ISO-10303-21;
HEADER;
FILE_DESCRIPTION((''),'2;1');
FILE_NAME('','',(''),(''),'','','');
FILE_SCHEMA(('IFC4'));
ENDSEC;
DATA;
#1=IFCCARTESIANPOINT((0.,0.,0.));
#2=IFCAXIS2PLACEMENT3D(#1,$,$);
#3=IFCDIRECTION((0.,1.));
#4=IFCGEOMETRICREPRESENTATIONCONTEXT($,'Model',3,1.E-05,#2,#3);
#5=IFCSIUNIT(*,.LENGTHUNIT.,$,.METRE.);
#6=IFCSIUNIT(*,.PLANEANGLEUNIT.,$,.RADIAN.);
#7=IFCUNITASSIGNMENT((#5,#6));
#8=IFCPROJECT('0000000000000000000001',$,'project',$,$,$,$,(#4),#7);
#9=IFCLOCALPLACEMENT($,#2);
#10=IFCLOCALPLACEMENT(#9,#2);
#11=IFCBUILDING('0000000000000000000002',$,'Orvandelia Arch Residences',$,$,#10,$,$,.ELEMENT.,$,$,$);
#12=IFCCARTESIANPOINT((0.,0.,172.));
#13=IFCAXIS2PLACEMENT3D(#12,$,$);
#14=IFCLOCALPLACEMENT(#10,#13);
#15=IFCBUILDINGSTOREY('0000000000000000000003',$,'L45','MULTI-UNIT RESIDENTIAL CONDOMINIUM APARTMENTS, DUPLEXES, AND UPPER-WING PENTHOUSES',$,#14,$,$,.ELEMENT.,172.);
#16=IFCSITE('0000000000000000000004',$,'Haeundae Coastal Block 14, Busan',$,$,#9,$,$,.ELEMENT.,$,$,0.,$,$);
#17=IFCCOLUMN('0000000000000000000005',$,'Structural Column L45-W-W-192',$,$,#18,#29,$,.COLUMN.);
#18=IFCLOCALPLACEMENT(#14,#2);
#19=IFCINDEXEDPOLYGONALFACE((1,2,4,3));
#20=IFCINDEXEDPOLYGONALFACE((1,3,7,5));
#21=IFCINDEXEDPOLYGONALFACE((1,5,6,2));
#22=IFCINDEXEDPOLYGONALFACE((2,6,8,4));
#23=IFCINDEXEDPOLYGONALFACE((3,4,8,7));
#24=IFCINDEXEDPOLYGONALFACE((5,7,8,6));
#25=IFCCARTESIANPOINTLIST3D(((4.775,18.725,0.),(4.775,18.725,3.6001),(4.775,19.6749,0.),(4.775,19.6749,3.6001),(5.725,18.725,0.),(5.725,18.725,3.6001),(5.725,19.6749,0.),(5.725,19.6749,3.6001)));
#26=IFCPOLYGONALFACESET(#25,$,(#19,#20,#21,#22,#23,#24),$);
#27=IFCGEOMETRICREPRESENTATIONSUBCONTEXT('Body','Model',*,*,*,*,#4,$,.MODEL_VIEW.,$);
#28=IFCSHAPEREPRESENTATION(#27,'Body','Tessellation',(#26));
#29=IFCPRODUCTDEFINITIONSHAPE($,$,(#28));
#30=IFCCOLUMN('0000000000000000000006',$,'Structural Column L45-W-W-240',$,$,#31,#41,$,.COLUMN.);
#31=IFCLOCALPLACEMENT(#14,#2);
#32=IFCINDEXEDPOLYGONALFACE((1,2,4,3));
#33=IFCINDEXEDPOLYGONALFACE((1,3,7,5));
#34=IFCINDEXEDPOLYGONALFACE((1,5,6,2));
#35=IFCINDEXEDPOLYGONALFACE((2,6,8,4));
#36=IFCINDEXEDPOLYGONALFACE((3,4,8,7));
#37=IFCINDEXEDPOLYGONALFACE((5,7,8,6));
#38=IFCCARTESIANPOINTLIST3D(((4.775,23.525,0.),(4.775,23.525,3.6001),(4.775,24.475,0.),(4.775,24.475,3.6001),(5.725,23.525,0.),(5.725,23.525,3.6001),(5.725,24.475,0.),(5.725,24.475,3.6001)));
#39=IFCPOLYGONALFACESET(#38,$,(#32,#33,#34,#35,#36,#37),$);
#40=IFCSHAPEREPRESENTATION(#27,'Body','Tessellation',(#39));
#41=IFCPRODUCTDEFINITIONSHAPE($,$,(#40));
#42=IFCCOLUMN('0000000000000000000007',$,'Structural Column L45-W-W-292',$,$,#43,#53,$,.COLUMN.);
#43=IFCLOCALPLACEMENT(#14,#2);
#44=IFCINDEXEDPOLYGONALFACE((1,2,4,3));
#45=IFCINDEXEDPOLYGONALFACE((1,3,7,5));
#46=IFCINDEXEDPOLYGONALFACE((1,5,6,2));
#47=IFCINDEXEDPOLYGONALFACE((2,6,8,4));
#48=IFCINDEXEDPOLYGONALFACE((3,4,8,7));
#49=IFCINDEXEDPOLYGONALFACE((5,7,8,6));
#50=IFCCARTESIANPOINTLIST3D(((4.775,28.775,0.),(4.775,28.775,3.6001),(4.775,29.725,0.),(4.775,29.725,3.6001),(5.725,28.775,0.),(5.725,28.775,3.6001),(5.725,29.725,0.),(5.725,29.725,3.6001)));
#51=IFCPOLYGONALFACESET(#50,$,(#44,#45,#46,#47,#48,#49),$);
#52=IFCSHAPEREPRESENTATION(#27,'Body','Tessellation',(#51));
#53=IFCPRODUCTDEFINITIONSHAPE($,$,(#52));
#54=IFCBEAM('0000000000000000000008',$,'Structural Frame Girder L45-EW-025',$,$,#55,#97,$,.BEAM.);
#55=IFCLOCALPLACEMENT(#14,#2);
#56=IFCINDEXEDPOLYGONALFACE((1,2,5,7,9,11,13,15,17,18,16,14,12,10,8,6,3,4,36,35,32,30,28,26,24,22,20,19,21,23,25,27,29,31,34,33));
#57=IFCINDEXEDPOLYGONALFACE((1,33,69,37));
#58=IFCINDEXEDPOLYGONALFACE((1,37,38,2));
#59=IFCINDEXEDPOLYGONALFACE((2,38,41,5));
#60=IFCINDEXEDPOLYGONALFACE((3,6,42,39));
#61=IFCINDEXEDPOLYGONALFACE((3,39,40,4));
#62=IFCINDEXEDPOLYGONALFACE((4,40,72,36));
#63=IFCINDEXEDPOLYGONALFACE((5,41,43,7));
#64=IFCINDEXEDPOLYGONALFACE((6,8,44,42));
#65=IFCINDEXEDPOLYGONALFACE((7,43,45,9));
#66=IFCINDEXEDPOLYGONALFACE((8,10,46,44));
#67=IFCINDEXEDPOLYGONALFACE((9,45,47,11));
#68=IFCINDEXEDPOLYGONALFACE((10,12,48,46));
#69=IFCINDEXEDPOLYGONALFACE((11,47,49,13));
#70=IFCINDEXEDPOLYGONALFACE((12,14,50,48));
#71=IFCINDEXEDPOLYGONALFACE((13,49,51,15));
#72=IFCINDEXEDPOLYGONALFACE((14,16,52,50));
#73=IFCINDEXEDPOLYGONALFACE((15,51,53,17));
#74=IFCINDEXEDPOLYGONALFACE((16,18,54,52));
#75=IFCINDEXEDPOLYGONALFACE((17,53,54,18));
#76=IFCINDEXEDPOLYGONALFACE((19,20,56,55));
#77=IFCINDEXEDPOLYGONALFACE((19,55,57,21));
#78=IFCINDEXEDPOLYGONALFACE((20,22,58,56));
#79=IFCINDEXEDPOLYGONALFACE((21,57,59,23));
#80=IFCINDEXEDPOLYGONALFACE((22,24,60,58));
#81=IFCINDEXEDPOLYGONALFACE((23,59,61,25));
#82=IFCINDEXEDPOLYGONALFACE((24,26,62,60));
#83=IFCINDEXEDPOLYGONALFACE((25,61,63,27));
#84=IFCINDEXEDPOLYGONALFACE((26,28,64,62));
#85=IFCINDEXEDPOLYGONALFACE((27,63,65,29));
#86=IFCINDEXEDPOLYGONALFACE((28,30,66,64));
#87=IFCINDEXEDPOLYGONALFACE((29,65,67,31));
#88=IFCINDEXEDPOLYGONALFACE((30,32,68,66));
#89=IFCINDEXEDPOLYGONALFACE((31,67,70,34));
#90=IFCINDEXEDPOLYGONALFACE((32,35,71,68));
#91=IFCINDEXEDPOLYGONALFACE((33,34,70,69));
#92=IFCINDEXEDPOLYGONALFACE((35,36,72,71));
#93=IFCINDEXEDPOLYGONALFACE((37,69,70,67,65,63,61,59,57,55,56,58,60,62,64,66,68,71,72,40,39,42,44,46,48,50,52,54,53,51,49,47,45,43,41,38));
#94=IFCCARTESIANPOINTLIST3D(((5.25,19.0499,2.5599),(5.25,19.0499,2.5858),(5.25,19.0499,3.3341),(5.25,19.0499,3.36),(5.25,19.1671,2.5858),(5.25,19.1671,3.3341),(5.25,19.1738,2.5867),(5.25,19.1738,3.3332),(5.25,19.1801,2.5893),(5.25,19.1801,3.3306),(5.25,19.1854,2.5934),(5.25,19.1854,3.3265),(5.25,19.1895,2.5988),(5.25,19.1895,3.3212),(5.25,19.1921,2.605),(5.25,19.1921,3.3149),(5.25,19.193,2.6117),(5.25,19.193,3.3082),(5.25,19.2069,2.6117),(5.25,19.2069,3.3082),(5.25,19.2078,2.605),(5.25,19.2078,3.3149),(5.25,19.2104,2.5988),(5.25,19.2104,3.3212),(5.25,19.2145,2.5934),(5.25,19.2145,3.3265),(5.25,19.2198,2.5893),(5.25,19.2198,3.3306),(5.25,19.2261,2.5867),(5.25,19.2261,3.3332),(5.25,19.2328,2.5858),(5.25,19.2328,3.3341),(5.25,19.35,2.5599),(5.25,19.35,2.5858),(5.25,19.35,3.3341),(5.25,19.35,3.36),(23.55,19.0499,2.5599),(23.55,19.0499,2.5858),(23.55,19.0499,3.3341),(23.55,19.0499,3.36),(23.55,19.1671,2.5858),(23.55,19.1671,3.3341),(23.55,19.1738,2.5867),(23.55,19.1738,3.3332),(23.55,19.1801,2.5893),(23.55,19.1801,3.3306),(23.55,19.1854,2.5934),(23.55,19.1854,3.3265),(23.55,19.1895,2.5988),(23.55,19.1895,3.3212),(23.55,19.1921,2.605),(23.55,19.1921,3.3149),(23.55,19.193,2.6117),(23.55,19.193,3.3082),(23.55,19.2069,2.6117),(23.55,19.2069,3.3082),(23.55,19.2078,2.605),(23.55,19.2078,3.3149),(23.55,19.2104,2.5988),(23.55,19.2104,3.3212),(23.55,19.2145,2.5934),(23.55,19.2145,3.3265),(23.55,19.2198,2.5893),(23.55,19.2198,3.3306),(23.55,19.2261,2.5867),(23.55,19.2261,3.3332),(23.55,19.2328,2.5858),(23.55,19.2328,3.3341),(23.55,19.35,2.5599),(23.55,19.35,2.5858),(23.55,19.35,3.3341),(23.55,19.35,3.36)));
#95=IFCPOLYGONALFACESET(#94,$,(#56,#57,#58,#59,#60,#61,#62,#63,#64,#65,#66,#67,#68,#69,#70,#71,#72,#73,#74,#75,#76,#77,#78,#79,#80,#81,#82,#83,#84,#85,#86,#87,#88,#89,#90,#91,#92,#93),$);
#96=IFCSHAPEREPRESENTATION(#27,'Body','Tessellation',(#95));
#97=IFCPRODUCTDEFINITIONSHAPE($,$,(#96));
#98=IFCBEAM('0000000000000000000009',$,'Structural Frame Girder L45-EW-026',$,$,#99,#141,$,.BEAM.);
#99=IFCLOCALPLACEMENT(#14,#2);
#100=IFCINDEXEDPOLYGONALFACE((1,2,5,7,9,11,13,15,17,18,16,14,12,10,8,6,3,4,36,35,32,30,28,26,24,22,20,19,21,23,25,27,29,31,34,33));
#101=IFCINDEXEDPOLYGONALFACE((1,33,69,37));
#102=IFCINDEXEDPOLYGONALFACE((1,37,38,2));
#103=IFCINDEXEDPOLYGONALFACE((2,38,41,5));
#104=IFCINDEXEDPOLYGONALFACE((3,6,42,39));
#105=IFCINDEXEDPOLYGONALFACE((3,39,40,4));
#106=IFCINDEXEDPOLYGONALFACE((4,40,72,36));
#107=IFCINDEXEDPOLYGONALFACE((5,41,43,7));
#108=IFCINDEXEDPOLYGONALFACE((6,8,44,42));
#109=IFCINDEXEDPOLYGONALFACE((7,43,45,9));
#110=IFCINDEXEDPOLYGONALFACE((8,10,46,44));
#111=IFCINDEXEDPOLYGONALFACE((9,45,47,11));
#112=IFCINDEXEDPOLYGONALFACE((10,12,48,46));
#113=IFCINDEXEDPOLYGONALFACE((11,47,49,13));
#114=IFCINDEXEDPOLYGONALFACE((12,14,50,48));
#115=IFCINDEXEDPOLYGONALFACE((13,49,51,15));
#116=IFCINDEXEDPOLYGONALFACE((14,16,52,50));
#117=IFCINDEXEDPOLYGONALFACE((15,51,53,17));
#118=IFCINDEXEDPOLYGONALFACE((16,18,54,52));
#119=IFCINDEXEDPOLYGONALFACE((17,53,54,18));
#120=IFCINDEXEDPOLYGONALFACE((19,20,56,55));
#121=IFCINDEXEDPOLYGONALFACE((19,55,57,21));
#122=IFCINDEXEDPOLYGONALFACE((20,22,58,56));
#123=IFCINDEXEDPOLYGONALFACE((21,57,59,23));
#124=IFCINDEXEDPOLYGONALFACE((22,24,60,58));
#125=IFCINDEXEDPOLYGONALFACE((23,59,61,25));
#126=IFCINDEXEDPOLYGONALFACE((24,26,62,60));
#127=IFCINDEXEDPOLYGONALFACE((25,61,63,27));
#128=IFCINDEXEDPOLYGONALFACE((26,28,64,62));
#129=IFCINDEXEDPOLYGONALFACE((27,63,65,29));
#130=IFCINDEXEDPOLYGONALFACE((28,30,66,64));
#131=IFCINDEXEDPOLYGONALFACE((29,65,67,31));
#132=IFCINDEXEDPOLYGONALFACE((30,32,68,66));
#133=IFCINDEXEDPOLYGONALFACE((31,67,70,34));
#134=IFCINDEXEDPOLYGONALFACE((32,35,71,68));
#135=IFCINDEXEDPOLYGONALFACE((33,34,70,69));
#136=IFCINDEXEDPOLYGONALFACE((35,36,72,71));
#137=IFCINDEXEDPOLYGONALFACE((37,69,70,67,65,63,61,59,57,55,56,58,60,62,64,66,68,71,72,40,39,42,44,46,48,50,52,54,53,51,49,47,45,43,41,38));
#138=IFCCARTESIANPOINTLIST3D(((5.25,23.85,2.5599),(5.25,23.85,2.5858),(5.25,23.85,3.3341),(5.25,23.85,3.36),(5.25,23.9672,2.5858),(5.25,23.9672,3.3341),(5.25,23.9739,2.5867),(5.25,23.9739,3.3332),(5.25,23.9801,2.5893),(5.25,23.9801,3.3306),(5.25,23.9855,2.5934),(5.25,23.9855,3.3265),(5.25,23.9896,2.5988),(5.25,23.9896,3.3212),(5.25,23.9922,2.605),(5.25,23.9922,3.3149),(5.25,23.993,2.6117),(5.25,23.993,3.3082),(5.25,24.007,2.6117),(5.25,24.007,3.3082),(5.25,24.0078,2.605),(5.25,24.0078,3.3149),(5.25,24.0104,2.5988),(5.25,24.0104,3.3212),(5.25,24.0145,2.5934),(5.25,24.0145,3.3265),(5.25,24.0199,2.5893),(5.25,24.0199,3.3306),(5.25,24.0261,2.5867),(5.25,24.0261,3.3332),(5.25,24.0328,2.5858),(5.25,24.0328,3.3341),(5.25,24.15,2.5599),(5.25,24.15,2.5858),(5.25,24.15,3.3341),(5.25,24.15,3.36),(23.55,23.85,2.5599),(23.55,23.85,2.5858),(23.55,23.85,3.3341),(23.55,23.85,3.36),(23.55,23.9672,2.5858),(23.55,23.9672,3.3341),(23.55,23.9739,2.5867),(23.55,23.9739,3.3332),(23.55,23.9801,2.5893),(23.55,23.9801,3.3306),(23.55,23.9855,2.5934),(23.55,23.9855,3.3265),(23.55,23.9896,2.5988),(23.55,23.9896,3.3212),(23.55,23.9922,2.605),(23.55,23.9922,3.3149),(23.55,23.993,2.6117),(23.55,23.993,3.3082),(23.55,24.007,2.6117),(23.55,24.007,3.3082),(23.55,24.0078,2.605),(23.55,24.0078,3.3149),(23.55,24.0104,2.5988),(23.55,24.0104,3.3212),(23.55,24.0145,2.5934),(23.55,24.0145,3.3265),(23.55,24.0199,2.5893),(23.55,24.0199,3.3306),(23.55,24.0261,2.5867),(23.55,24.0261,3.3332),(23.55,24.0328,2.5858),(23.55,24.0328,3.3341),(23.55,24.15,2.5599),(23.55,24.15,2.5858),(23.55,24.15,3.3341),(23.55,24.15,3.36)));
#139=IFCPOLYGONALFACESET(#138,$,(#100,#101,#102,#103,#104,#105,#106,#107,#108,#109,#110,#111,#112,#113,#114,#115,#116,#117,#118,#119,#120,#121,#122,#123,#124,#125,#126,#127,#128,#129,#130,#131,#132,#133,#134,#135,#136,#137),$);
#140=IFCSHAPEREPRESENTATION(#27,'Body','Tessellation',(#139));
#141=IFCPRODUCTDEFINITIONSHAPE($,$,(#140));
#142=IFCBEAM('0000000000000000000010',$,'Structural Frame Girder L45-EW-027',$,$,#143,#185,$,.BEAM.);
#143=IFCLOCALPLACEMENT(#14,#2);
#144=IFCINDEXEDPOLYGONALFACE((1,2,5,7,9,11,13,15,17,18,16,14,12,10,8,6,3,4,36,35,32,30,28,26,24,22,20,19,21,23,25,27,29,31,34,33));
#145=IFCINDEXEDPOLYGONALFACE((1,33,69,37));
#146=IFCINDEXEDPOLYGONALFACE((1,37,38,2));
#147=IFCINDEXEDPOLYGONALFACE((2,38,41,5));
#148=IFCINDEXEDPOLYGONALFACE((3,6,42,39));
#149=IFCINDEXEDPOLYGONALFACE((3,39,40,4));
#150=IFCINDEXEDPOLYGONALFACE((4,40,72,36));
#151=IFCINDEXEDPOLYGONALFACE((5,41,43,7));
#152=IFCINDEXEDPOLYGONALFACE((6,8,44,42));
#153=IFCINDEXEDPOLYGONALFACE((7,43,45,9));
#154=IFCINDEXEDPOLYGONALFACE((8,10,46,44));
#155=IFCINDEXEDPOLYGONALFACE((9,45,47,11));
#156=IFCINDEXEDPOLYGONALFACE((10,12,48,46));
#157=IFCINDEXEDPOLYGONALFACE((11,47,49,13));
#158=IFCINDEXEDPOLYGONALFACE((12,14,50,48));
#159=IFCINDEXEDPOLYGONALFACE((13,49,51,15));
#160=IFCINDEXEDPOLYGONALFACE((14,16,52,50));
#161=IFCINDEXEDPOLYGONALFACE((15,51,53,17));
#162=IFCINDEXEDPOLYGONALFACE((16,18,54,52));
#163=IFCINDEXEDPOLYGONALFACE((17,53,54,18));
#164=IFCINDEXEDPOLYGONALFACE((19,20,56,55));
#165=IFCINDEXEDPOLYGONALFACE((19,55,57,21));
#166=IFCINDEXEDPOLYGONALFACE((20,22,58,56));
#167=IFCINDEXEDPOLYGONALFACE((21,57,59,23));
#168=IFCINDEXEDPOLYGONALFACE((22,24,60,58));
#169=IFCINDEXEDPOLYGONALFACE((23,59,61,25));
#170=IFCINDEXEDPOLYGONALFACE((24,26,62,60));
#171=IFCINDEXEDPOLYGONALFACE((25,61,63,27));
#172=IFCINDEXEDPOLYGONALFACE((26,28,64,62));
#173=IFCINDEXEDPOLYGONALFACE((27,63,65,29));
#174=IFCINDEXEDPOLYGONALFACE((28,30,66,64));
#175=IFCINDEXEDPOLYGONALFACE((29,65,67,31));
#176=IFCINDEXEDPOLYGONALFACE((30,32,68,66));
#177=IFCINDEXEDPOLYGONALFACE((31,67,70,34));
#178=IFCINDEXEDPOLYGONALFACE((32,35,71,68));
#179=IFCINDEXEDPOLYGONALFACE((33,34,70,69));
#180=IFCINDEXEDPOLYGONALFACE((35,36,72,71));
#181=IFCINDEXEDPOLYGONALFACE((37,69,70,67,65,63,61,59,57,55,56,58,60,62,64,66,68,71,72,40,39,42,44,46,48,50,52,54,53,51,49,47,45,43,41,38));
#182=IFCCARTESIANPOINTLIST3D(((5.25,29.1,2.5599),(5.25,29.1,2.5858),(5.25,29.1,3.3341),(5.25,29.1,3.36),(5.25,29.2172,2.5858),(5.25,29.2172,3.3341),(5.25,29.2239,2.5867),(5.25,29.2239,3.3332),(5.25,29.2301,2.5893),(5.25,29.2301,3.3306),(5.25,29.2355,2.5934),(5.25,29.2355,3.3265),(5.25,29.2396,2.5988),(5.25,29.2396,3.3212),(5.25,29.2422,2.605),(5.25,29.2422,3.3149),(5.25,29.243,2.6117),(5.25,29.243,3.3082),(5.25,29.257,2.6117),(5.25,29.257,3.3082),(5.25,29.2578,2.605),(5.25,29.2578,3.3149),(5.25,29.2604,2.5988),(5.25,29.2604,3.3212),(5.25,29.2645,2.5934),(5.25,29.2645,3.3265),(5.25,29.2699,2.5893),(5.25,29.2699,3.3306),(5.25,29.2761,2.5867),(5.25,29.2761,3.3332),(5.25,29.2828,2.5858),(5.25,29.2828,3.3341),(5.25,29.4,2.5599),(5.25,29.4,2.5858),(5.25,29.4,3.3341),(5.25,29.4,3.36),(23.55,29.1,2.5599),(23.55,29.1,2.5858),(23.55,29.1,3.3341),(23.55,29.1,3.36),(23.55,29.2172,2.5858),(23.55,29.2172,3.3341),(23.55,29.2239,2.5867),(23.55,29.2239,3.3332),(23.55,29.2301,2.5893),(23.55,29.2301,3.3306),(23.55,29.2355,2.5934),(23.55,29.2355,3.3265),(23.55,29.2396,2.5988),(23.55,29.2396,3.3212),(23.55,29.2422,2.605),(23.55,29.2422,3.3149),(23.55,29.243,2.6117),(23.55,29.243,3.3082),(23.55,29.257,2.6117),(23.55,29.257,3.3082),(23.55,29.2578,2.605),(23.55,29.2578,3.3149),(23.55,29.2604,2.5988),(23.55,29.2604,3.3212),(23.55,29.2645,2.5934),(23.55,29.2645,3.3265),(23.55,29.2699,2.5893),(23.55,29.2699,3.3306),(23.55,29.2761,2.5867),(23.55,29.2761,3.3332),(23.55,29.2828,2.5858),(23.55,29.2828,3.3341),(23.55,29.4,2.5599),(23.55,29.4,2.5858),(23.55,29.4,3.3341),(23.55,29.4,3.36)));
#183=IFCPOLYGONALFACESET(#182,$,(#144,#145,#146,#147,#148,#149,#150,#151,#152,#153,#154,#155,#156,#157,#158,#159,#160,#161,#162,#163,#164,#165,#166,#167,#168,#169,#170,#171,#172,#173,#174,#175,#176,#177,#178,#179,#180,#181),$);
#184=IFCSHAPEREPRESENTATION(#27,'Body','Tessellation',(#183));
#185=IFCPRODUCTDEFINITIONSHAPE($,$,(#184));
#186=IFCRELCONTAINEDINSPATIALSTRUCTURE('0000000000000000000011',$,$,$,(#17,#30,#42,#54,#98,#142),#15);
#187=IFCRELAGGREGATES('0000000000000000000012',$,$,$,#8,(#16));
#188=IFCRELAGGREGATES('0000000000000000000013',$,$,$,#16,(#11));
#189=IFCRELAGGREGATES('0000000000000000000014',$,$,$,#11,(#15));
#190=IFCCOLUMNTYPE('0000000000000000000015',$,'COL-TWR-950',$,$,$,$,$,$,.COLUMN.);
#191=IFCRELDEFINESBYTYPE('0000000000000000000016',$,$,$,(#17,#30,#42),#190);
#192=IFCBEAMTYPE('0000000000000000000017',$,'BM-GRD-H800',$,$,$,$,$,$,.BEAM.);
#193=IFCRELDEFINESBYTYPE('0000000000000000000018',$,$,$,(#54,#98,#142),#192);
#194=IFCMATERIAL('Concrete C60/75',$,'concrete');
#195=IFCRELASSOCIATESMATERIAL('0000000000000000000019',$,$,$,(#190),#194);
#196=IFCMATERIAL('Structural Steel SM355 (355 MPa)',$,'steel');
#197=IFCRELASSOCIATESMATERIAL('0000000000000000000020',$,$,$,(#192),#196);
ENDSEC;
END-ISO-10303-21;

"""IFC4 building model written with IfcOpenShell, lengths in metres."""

from ifc_helpers import new_model, si_unit, direction, frame, origin, origin_2d, place, context, subcontext, project, spatial, rectangle, i_section, extrude, material, material_profile, profile_set, type_object, element, save


model = new_model("IFC4")

# Units and contexts
model_context = context("Model", 3, precision=1e-05, world=origin(), true_north=direction((0.0, 1.0)))
body_context = subcontext(model_context, "Body", "Model", "MODEL_VIEW")
ifc_project = project(units=[si_unit("LENGTHUNIT", "METRE"), si_unit("PLANEANGLEUNIT", "RADIAN")], contexts=[model_context])

# Site, building, storey
site_placement = place(None, origin())
site = spatial("IfcSite", under=ifc_project, at=site_placement, Name="Haeundae Coastal Block 14, Busan", CompositionType="ELEMENT", RefElevation=0.0)
building_placement = place(site_placement, origin())
building = spatial("IfcBuilding", under=site, at=building_placement, Name="Orvandelia Arch Residences", CompositionType="ELEMENT")
storey_placement = place(building_placement, frame((0.0, 0.0, 172.0)))
storey = spatial("IfcBuildingStorey", under=building, at=storey_placement, Name="L45", Description="MULTI-UNIT RESIDENTIAL CONDOMINIUM APARTMENTS, DUPLEXES, AND UPPER-WING PENTHOUSES", CompositionType="ELEMENT", Elevation=172.0)

# Columns
ifc_material_1 = material(Name="Concrete C60/75", Category="concrete")
ifc_material_profile_1 = material_profile(ifc_material_1, rectangle(XDim=0.95, YDim=0.95, at=origin_2d()), Name="Concrete C60/75", Category="concrete")
ifc_profile_set_1 = profile_set([ifc_material_profile_1], Name="Concrete C60/75")
column_type = type_object("IfcColumnType", Name="COL-TWR-950", PredefinedType="COLUMN", material=ifc_profile_set_1)
for number, where, z_axis, x_axis, name in (
    (1, (5.25, 19.2, 0.0), (0.0, 0.0, 1.0), (1.0, 0.0, 0.0), "Structural Column L45-W-W-192"),
    (2, (5.25, 24.0, 0.0), (0.0, 0.0, 1.0), (1.0, 0.0, 0.0), "Structural Column L45-W-W-240"),
    (3, (5.25, 29.25, 0.0), (0.0, 0.0, 1.0), (1.0, 0.0, 0.0), "Structural Column L45-W-W-292"),
):
    element("IfcColumn", number, at=place(storey_placement, frame(where, z_axis=z_axis, x_axis=x_axis)), inside=storey, type_object=column_type, Name=name, PredefinedType="COLUMN", context=body_context, shape_type="SweptSolid", body=[
        extrude(rectangle(XDim=0.95, YDim=0.95, at=origin_2d()), origin(), (0.0, 0.0, 1.0), 3.6001),
    ])

# Beams
ifc_material_2 = material(Name="Structural Steel SM355 (355 MPa)", Category="steel")
ifc_material_profile_2 = material_profile(ifc_material_2, i_section(OverallWidth=0.3, OverallDepth=0.8, WebThickness=0.0139, FlangeThickness=0.0259, FilletRadius=0.0259, at=origin_2d()), Name="Structural Steel SM355 (355 MPa)", Category="steel")
ifc_profile_set_2 = profile_set([ifc_material_profile_2], Name="Structural Steel SM355 (355 MPa)")
beam_type_1 = type_object("IfcBeamType", Name="BM-GRD-H800", PredefinedType="BEAM", material=ifc_profile_set_2)
for number, where, z_axis, x_axis, name in (
    (4, (5.25, 19.2, 2.96), (1.0, 0.0, 0.0), (0.0, 1.0, 0.0), "Structural Frame Girder L45-EW-025"),
    (5, (5.25, 24.0, 2.96), (1.0, 0.0, 0.0), (0.0, 1.0, 0.0), "Structural Frame Girder L45-EW-026"),
    (6, (5.25, 29.25, 2.96), (1.0, 0.0, 0.0), (0.0, 1.0, 0.0), "Structural Frame Girder L45-EW-027"),
):
    element("IfcBeam", number, at=place(storey_placement, frame(where, z_axis=z_axis, x_axis=x_axis)), inside=storey, type_object=beam_type_1, Name=name, PredefinedType="BEAM", context=body_context, shape_type="SweptSolid", body=[
        extrude(i_section(OverallWidth=0.3, OverallDepth=0.8, WebThickness=0.0139, FlangeThickness=0.0259, FilletRadius=0.0259, at=origin_2d()), origin(), (0.0, 0.0, 1.0), 18.3),
    ])

save(model, "model.ifc")
